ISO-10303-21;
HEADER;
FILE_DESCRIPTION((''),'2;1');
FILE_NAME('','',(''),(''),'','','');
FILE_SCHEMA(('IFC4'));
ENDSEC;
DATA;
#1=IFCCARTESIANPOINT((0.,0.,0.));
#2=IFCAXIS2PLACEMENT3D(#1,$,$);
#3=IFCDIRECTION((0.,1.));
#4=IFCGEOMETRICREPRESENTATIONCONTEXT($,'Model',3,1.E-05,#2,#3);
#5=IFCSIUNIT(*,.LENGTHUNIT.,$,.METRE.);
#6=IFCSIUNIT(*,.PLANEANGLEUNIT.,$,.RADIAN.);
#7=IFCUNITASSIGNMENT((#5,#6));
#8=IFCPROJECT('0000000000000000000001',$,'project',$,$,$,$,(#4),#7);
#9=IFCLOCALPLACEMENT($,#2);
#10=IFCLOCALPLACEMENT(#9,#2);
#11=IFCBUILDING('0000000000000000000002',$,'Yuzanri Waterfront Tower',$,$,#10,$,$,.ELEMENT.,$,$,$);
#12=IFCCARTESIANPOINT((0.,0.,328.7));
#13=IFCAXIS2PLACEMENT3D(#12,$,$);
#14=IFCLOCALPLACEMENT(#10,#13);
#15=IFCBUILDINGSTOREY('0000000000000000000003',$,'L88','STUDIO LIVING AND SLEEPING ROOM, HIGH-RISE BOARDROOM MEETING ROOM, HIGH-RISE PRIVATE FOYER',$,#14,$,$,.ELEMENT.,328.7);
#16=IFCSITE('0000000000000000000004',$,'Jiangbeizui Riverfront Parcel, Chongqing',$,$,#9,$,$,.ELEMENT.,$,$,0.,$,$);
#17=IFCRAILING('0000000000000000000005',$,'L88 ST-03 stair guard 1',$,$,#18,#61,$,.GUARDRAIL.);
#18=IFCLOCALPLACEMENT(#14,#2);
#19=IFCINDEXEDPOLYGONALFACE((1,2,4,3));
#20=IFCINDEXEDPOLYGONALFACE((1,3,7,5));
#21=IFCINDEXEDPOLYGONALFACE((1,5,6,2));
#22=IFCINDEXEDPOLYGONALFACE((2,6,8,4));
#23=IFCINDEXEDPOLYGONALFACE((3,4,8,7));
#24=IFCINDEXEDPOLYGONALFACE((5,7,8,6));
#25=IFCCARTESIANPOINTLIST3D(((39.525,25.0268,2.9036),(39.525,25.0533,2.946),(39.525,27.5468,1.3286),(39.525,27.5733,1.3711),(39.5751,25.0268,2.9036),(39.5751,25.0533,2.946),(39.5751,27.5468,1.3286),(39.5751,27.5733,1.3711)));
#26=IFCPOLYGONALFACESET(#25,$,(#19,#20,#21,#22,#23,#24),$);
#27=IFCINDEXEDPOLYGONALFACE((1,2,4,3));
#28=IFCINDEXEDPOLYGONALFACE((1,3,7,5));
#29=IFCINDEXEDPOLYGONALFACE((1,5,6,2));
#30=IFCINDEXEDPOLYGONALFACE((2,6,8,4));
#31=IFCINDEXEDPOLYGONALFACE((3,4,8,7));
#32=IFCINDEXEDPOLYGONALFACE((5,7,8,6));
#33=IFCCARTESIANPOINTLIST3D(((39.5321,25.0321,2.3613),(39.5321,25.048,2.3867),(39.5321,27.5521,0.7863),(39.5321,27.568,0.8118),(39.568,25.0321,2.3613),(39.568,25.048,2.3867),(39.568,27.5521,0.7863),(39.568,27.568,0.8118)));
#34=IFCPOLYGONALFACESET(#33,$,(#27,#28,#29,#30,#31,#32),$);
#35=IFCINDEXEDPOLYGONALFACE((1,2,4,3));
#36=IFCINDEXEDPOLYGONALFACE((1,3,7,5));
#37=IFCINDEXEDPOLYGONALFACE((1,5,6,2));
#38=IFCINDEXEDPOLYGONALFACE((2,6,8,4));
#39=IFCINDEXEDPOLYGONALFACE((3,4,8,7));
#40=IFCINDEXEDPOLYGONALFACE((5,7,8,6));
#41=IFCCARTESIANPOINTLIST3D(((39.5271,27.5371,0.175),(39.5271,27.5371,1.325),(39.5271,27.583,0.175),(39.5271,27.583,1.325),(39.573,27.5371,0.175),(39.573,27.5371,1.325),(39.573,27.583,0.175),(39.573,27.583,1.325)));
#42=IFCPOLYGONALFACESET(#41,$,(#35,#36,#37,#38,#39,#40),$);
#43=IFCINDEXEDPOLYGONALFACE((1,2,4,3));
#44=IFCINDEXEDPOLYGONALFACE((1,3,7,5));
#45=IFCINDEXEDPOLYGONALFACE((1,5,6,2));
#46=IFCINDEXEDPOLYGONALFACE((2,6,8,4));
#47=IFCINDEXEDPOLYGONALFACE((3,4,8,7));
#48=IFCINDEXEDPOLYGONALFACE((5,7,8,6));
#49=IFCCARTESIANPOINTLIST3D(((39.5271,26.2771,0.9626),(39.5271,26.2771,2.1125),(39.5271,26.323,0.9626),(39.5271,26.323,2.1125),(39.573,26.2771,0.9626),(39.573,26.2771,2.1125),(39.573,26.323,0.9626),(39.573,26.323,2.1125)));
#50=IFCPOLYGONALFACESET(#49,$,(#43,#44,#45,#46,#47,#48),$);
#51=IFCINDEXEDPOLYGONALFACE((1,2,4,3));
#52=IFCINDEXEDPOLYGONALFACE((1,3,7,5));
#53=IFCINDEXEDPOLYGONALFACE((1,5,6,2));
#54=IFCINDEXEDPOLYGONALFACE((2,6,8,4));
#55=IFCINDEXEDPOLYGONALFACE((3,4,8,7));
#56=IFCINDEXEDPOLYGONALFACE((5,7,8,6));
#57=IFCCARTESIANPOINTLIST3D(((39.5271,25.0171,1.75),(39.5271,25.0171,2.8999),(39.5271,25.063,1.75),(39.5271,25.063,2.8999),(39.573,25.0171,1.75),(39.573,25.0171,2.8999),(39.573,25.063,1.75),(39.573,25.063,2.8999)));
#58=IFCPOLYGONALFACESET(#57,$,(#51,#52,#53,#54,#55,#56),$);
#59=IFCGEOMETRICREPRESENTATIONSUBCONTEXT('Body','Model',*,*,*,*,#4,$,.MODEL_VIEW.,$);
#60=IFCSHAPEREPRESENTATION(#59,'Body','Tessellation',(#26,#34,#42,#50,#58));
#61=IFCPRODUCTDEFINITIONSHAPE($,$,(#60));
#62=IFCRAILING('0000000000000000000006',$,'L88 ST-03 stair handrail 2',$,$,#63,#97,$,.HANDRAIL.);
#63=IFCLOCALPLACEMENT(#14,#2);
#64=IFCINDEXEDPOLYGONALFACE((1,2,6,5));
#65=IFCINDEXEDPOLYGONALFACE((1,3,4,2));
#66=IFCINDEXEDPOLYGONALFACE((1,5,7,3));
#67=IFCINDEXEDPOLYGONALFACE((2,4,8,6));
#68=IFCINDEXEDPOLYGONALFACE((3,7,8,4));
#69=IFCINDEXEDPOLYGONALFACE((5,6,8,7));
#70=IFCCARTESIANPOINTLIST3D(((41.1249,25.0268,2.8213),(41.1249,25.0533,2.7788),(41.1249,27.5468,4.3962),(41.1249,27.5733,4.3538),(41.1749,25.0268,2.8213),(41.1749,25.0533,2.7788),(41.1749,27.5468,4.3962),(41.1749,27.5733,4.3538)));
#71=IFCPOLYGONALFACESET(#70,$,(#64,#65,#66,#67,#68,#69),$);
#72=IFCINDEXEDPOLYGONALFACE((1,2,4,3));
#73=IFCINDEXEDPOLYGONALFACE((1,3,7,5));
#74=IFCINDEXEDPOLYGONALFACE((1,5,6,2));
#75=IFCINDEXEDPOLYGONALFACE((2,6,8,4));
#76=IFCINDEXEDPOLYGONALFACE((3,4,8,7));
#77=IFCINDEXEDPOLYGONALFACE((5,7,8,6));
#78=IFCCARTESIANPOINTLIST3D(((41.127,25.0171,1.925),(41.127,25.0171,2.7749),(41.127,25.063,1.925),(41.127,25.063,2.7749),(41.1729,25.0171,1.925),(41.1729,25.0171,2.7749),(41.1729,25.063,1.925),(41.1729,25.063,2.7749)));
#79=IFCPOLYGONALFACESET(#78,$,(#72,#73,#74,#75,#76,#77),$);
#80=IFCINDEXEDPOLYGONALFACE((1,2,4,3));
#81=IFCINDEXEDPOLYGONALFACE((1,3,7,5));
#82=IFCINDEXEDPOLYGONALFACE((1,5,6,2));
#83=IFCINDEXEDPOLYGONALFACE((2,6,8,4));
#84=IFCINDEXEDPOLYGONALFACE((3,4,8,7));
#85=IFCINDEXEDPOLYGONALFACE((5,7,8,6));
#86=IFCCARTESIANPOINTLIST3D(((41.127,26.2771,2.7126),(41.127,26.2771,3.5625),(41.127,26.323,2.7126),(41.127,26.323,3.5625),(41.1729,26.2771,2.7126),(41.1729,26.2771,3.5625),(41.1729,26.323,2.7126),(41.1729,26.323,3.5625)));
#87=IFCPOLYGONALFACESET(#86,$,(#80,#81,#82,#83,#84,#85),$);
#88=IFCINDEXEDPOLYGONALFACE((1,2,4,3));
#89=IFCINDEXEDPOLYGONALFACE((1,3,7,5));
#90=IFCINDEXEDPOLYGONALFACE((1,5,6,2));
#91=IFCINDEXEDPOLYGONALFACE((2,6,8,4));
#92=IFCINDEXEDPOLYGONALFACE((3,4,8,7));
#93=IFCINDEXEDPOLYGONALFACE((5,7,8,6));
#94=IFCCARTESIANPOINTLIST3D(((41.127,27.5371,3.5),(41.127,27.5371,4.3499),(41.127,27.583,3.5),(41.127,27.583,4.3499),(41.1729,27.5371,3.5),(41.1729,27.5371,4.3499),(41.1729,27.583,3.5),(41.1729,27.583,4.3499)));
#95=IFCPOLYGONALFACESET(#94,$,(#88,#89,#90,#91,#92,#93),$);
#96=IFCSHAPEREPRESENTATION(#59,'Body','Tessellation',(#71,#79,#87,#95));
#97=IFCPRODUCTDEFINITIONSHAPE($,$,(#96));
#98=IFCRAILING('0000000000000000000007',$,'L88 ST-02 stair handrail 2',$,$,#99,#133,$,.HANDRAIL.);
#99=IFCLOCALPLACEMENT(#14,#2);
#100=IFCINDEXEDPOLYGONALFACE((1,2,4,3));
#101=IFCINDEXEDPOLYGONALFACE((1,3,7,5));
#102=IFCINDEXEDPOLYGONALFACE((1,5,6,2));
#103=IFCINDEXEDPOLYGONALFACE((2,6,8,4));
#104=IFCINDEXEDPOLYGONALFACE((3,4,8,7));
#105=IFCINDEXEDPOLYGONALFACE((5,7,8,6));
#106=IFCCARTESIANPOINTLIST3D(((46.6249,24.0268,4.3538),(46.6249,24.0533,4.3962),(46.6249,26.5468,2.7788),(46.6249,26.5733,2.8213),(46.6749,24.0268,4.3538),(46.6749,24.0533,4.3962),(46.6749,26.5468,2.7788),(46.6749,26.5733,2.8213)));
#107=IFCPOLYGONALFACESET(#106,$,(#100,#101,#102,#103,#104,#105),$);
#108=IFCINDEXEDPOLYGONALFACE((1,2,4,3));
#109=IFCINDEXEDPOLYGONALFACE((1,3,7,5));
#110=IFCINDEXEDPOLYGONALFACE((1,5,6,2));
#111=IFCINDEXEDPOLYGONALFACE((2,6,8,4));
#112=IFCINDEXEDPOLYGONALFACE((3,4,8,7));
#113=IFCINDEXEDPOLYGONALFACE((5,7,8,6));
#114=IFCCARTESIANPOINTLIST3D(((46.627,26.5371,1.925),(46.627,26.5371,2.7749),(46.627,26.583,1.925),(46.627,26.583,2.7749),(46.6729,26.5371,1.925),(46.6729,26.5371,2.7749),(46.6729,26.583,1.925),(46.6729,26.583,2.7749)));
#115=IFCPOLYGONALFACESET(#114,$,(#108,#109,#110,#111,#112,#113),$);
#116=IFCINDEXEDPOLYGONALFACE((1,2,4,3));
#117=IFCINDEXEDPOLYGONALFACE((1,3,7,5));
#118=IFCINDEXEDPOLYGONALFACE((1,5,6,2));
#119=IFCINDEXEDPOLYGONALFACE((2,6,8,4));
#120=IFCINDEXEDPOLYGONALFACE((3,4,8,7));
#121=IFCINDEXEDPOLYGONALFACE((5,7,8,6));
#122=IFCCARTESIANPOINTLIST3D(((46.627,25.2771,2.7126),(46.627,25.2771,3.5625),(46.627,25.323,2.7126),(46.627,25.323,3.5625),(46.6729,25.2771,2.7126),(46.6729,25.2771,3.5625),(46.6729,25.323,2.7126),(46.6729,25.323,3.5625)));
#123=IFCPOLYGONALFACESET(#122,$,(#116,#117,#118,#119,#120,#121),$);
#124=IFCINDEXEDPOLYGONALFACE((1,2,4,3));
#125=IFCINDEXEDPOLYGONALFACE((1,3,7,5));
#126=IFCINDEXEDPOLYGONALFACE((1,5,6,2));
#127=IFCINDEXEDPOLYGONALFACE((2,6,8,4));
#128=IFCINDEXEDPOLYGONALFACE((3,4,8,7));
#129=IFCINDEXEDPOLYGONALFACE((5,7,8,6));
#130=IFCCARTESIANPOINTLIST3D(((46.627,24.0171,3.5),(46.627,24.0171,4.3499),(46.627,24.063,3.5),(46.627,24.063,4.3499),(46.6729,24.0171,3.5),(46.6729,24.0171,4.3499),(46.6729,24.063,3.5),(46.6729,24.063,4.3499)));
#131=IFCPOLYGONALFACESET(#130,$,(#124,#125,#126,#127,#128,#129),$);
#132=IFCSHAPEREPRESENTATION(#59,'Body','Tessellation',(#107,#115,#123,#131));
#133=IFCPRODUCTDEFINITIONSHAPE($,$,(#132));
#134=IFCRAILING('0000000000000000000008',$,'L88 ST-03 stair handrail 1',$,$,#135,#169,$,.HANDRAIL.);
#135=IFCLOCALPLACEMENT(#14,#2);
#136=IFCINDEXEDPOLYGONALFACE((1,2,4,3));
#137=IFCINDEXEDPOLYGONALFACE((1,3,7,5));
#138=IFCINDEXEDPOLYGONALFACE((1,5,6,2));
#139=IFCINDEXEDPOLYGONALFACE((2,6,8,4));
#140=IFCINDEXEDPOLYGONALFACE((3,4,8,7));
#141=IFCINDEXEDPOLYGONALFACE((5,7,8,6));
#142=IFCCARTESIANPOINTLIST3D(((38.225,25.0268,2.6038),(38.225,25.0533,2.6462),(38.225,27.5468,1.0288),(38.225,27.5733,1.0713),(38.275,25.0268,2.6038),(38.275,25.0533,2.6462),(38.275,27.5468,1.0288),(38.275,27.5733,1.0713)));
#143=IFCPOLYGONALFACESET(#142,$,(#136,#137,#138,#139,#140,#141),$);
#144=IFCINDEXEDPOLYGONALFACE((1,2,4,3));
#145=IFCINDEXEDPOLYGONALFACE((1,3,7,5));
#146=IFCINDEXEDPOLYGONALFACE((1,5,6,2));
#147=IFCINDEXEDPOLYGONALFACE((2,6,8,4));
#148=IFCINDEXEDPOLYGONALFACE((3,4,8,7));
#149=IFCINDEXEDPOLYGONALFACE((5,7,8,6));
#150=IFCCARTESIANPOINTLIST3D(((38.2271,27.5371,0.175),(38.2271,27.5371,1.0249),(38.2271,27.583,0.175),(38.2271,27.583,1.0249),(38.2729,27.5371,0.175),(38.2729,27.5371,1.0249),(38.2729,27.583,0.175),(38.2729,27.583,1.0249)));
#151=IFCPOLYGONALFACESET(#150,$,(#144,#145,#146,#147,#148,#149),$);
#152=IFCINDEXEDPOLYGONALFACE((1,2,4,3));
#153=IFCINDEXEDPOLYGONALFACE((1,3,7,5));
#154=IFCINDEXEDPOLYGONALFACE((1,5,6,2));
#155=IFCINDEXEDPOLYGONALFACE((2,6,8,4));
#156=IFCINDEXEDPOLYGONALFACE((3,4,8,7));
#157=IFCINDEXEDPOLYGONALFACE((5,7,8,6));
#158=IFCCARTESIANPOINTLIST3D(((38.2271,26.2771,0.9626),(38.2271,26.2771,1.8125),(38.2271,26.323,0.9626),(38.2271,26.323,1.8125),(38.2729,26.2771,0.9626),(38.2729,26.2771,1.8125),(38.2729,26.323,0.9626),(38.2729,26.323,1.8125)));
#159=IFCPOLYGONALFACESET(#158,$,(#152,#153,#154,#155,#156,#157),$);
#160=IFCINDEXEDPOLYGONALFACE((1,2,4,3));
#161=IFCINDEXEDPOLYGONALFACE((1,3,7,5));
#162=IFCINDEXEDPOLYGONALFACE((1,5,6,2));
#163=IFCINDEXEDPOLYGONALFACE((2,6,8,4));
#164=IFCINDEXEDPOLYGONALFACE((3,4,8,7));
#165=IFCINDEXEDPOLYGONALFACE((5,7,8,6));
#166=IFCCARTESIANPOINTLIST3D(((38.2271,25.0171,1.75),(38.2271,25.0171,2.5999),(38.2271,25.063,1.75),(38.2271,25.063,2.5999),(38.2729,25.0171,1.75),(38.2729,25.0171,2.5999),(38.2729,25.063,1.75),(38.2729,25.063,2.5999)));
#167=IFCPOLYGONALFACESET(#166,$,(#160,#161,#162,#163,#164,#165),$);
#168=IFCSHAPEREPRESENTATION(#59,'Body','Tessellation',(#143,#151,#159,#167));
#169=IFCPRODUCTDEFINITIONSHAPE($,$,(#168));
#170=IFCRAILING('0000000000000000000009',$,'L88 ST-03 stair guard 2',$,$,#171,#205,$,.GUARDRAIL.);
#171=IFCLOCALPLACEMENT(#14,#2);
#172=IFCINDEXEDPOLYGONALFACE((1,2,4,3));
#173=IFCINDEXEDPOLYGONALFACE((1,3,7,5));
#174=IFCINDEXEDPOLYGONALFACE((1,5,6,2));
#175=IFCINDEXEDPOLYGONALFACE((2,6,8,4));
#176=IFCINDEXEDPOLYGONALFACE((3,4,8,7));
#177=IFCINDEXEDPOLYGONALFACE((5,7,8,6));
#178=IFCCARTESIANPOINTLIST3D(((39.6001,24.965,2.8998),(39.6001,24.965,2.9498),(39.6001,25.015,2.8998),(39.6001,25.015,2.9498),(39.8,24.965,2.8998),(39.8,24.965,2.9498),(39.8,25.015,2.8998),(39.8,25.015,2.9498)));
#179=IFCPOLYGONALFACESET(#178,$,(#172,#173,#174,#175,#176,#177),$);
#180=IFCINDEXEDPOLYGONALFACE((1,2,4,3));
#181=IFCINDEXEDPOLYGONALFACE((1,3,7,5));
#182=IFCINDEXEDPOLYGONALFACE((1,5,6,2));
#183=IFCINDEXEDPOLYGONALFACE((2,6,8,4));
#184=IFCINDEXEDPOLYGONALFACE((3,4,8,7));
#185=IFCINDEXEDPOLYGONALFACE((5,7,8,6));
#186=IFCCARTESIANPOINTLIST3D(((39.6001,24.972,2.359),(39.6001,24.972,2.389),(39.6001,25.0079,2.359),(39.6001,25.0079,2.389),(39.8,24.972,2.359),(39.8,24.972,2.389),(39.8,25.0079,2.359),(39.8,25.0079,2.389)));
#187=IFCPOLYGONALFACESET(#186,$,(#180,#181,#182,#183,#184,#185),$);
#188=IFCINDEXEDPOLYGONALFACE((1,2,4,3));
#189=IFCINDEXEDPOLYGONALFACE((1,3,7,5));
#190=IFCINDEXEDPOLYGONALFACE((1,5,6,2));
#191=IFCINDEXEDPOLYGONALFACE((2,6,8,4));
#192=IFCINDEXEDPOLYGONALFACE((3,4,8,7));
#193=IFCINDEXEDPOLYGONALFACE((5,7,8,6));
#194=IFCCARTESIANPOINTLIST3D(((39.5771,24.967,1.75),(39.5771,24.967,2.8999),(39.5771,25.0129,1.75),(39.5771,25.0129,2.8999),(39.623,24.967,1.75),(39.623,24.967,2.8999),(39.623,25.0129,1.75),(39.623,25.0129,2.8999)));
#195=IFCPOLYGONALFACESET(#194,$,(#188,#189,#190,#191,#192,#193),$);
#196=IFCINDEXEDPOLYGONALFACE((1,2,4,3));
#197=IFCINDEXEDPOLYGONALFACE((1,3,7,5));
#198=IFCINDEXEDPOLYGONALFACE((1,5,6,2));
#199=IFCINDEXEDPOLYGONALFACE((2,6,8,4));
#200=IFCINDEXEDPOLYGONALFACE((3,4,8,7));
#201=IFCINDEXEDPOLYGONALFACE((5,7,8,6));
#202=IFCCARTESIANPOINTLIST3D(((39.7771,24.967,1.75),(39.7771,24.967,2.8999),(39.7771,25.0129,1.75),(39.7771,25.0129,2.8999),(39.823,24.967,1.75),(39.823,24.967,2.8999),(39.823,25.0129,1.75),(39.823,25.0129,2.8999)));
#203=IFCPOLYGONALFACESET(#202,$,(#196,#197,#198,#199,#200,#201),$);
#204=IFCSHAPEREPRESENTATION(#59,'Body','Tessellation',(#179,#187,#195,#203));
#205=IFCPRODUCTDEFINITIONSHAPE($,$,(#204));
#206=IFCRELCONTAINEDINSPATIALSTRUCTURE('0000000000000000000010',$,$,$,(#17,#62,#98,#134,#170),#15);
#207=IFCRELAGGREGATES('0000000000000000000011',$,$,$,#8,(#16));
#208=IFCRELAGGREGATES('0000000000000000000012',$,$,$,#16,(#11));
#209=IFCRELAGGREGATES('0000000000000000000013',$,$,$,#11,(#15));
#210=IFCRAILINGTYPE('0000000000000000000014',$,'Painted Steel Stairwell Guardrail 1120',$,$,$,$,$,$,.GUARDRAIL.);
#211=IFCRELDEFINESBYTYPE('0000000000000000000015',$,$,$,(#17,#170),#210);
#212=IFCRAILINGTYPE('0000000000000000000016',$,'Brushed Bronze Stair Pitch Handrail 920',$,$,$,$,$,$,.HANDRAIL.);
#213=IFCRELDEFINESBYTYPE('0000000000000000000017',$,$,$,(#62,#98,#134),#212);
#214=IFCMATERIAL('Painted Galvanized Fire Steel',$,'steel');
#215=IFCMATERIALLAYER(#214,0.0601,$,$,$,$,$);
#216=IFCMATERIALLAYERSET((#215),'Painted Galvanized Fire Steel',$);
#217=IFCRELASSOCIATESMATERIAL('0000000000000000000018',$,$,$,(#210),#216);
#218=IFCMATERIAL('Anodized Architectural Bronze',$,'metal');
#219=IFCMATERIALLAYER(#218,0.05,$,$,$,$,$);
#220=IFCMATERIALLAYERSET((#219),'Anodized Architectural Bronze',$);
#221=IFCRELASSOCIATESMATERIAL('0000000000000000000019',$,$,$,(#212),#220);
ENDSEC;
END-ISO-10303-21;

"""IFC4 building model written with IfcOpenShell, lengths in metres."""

from ifc_helpers import new_model, si_unit, direction, frame, origin, origin_2d, place, context, subcontext, project, spatial, rectangle, extrude, source, transform, mapped, material, layer, layer_set, type_object, element, save


model = new_model("IFC4")

# Units and contexts
model_context = context("Model", 3, precision=1e-05, world=origin(), true_north=direction((0.0, 1.0)))
body_context = subcontext(model_context, "Body", "Model", "MODEL_VIEW")
ifc_project = project(units=[si_unit("LENGTHUNIT", "METRE"), si_unit("PLANEANGLEUNIT", "RADIAN")], contexts=[model_context])

# Site, building, storey
site_placement = place(None, origin())
site = spatial("IfcSite", under=ifc_project, at=site_placement, Name="Jiangbeizui Riverfront Parcel, Chongqing", CompositionType="ELEMENT", RefElevation=0.0)
building_placement = place(site_placement, origin())
building = spatial("IfcBuilding", under=site, at=building_placement, Name="Yuzanri Waterfront Tower", CompositionType="ELEMENT")
storey_placement = place(building_placement, frame((0.0, 0.0, 328.7)))
storey = spatial("IfcBuildingStorey", under=building, at=storey_placement, Name="L88", Description="STUDIO LIVING AND SLEEPING ROOM, HIGH-RISE BOARDROOM MEETING ROOM, HIGH-RISE PRIVATE FOYER", CompositionType="ELEMENT", Elevation=328.7)

# Railings
ifc_material_1 = material(Name="Painted Galvanized Fire Steel", Category="steel")
ifc_layer_1 = layer(ifc_material_1, 0.0601)
ifc_layer_set_1 = layer_set([ifc_layer_1], Name="Painted Galvanized Fire Steel")
railing_type_1 = type_object("IfcRailingType", Name="Painted Steel Stairwell Guardrail 1120", PredefinedType="GUARDRAIL", material=ifc_layer_set_1)
shared_shape_1 = source(origin(), body_context, "Body", "SweptSolid", [
    extrude(rectangle(XDim=0.05, YDim=0.05, at=origin_2d()), frame((0.0, 0.0, 1.1748), z_axis=(0.0, -0.848008, 0.529984), x_axis=(1.0, 0.0, 0.0)), (0.0, 0.0, 1.0), 2.9717),
    extrude(rectangle(XDim=0.0359, YDim=0.03, at=origin_2d()), frame((0.0, 0.0, 0.624), z_axis=(0.0, -0.848008, 0.529984), x_axis=(1.0, 0.0, 0.0)), (0.0, 0.0, 1.0), 2.9717),
    extrude(rectangle(XDim=0.0459, YDim=0.0459, at=origin_2d()), origin(), (0.0, 0.0, 1.0), 1.1499),
    extrude(rectangle(XDim=0.0459, YDim=0.0459, at=origin_2d()), frame((0.0, -1.26, 0.7876)), (0.0, 0.0, 1.0), 1.1499),
    extrude(rectangle(XDim=0.0459, YDim=0.0459, at=origin_2d()), frame((0.0, -2.52, 1.575)), (0.0, 0.0, 1.0), 1.1499),
])
railing_1_placement = place(storey_placement, frame((39.55, 27.5601, 0.175)))
element("IfcRailing", 1, at=railing_1_placement, inside=storey, type_object=railing_type_1, Name="L88 ST-03 stair guard 1", PredefinedType="GUARDRAIL", context=body_context, shape_type="MappedRepresentation", body=[
    mapped(shared_shape_1, transform((0.0, 0.0, 0.0), scale=1.0)),
])
ifc_material_2 = material(Name="Anodized Architectural Bronze", Category="metal")
ifc_layer_2 = layer(ifc_material_2, 0.05)
ifc_layer_set_2 = layer_set([ifc_layer_2], Name="Anodized Architectural Bronze")
railing_type_2 = type_object("IfcRailingType", Name="Brushed Bronze Stair Pitch Handrail 920", PredefinedType="HANDRAIL", material=ifc_layer_set_2)
shared_shape_2 = source(origin(), body_context, "Body", "SweptSolid", [
    extrude(rectangle(XDim=0.05, YDim=0.05, at=origin_2d()), frame((0.0, 0.0, 0.875), z_axis=(0.0, 0.848008, 0.529984), x_axis=(-1.0, 0.0, 0.0)), (0.0, 0.0, 1.0), 2.9717),
    extrude(rectangle(XDim=0.0459, YDim=0.0459, at=origin_2d()), origin(), (0.0, 0.0, 1.0), 0.8499),
    extrude(rectangle(XDim=0.0459, YDim=0.0459, at=origin_2d()), frame((0.0, 1.26, 0.7876)), (0.0, 0.0, 1.0), 0.8499),
    extrude(rectangle(XDim=0.0459, YDim=0.0459, at=origin_2d()), frame((0.0, 2.52, 1.575)), (0.0, 0.0, 1.0), 0.8499),
])
railing_2_placement = place(storey_placement, frame((41.1499, 25.04, 1.925)))
element("IfcRailing", 2, at=railing_2_placement, inside=storey, type_object=railing_type_2, Name="L88 ST-03 stair handrail 2", PredefinedType="HANDRAIL", context=body_context, shape_type="MappedRepresentation", body=[
    mapped(shared_shape_2, transform((0.0, 0.0, 0.0), scale=1.0)),
])
shared_shape_3 = source(origin(), body_context, "Body", "SweptSolid", [
    extrude(rectangle(XDim=0.05, YDim=0.05, at=origin_2d()), frame((0.0, 0.0, 0.875), z_axis=(0.0, -0.848008, 0.529984), x_axis=(1.0, 0.0, 0.0)), (0.0, 0.0, 1.0), 2.9717),
    extrude(rectangle(XDim=0.0459, YDim=0.0459, at=origin_2d()), origin(), (0.0, 0.0, 1.0), 0.8499),
    extrude(rectangle(XDim=0.0459, YDim=0.0459, at=origin_2d()), frame((0.0, -1.26, 0.7876)), (0.0, 0.0, 1.0), 0.8499),
    extrude(rectangle(XDim=0.0459, YDim=0.0459, at=origin_2d()), frame((0.0, -2.52, 1.575)), (0.0, 0.0, 1.0), 0.8499),
])
for number, where, name in (
    (3, (46.6499, 26.5601, 1.925), "L88 ST-02 stair handrail 2"),
    (4, (38.25, 27.5601, 0.175), "L88 ST-03 stair handrail 1"),
):
    element("IfcRailing", number, at=place(storey_placement, frame(where)), inside=storey, type_object=railing_type_2, Name=name, PredefinedType="HANDRAIL", context=body_context, shape_type="MappedRepresentation", body=[
        mapped(shared_shape_3, transform((0.0, 0.0, 0.0), scale=1.0)),
    ])
shared_shape_4 = source(origin(), body_context, "Body", "SweptSolid", [
    extrude(rectangle(XDim=0.05, YDim=0.05, at=origin_2d()), frame((0.0, 0.0, 1.1748), z_axis=(1.0, 0.0, 0.0), x_axis=(0.0, 1.0, 0.0)), (0.0, 0.0, 1.0), 0.2),
    extrude(rectangle(XDim=0.0359, YDim=0.03, at=origin_2d()), frame((0.0, 0.0, 0.624), z_axis=(1.0, 0.0, 0.0), x_axis=(0.0, 1.0, 0.0)), (0.0, 0.0, 1.0), 0.2),
    extrude(rectangle(XDim=0.0459, YDim=0.0459, at=origin_2d()), origin(), (0.0, 0.0, 1.0), 1.1499),
    extrude(rectangle(XDim=0.0459, YDim=0.0459, at=origin_2d()), frame((0.2, 0.0, 0.0)), (0.0, 0.0, 1.0), 1.1499),
])
for number, where, name in (
    (5, (39.6001, 24.99, 1.75), "L88 ST-03 stair guard 2"),
):
    element("IfcRailing", number, at=place(storey_placement, frame(where)), inside=storey, type_object=railing_type_1, Name=name, PredefinedType="GUARDRAIL", context=body_context, shape_type="MappedRepresentation", body=[
        mapped(shared_shape_4, transform((0.0, 0.0, 0.0), scale=1.0)),
    ])

save(model, "model.ifc")
